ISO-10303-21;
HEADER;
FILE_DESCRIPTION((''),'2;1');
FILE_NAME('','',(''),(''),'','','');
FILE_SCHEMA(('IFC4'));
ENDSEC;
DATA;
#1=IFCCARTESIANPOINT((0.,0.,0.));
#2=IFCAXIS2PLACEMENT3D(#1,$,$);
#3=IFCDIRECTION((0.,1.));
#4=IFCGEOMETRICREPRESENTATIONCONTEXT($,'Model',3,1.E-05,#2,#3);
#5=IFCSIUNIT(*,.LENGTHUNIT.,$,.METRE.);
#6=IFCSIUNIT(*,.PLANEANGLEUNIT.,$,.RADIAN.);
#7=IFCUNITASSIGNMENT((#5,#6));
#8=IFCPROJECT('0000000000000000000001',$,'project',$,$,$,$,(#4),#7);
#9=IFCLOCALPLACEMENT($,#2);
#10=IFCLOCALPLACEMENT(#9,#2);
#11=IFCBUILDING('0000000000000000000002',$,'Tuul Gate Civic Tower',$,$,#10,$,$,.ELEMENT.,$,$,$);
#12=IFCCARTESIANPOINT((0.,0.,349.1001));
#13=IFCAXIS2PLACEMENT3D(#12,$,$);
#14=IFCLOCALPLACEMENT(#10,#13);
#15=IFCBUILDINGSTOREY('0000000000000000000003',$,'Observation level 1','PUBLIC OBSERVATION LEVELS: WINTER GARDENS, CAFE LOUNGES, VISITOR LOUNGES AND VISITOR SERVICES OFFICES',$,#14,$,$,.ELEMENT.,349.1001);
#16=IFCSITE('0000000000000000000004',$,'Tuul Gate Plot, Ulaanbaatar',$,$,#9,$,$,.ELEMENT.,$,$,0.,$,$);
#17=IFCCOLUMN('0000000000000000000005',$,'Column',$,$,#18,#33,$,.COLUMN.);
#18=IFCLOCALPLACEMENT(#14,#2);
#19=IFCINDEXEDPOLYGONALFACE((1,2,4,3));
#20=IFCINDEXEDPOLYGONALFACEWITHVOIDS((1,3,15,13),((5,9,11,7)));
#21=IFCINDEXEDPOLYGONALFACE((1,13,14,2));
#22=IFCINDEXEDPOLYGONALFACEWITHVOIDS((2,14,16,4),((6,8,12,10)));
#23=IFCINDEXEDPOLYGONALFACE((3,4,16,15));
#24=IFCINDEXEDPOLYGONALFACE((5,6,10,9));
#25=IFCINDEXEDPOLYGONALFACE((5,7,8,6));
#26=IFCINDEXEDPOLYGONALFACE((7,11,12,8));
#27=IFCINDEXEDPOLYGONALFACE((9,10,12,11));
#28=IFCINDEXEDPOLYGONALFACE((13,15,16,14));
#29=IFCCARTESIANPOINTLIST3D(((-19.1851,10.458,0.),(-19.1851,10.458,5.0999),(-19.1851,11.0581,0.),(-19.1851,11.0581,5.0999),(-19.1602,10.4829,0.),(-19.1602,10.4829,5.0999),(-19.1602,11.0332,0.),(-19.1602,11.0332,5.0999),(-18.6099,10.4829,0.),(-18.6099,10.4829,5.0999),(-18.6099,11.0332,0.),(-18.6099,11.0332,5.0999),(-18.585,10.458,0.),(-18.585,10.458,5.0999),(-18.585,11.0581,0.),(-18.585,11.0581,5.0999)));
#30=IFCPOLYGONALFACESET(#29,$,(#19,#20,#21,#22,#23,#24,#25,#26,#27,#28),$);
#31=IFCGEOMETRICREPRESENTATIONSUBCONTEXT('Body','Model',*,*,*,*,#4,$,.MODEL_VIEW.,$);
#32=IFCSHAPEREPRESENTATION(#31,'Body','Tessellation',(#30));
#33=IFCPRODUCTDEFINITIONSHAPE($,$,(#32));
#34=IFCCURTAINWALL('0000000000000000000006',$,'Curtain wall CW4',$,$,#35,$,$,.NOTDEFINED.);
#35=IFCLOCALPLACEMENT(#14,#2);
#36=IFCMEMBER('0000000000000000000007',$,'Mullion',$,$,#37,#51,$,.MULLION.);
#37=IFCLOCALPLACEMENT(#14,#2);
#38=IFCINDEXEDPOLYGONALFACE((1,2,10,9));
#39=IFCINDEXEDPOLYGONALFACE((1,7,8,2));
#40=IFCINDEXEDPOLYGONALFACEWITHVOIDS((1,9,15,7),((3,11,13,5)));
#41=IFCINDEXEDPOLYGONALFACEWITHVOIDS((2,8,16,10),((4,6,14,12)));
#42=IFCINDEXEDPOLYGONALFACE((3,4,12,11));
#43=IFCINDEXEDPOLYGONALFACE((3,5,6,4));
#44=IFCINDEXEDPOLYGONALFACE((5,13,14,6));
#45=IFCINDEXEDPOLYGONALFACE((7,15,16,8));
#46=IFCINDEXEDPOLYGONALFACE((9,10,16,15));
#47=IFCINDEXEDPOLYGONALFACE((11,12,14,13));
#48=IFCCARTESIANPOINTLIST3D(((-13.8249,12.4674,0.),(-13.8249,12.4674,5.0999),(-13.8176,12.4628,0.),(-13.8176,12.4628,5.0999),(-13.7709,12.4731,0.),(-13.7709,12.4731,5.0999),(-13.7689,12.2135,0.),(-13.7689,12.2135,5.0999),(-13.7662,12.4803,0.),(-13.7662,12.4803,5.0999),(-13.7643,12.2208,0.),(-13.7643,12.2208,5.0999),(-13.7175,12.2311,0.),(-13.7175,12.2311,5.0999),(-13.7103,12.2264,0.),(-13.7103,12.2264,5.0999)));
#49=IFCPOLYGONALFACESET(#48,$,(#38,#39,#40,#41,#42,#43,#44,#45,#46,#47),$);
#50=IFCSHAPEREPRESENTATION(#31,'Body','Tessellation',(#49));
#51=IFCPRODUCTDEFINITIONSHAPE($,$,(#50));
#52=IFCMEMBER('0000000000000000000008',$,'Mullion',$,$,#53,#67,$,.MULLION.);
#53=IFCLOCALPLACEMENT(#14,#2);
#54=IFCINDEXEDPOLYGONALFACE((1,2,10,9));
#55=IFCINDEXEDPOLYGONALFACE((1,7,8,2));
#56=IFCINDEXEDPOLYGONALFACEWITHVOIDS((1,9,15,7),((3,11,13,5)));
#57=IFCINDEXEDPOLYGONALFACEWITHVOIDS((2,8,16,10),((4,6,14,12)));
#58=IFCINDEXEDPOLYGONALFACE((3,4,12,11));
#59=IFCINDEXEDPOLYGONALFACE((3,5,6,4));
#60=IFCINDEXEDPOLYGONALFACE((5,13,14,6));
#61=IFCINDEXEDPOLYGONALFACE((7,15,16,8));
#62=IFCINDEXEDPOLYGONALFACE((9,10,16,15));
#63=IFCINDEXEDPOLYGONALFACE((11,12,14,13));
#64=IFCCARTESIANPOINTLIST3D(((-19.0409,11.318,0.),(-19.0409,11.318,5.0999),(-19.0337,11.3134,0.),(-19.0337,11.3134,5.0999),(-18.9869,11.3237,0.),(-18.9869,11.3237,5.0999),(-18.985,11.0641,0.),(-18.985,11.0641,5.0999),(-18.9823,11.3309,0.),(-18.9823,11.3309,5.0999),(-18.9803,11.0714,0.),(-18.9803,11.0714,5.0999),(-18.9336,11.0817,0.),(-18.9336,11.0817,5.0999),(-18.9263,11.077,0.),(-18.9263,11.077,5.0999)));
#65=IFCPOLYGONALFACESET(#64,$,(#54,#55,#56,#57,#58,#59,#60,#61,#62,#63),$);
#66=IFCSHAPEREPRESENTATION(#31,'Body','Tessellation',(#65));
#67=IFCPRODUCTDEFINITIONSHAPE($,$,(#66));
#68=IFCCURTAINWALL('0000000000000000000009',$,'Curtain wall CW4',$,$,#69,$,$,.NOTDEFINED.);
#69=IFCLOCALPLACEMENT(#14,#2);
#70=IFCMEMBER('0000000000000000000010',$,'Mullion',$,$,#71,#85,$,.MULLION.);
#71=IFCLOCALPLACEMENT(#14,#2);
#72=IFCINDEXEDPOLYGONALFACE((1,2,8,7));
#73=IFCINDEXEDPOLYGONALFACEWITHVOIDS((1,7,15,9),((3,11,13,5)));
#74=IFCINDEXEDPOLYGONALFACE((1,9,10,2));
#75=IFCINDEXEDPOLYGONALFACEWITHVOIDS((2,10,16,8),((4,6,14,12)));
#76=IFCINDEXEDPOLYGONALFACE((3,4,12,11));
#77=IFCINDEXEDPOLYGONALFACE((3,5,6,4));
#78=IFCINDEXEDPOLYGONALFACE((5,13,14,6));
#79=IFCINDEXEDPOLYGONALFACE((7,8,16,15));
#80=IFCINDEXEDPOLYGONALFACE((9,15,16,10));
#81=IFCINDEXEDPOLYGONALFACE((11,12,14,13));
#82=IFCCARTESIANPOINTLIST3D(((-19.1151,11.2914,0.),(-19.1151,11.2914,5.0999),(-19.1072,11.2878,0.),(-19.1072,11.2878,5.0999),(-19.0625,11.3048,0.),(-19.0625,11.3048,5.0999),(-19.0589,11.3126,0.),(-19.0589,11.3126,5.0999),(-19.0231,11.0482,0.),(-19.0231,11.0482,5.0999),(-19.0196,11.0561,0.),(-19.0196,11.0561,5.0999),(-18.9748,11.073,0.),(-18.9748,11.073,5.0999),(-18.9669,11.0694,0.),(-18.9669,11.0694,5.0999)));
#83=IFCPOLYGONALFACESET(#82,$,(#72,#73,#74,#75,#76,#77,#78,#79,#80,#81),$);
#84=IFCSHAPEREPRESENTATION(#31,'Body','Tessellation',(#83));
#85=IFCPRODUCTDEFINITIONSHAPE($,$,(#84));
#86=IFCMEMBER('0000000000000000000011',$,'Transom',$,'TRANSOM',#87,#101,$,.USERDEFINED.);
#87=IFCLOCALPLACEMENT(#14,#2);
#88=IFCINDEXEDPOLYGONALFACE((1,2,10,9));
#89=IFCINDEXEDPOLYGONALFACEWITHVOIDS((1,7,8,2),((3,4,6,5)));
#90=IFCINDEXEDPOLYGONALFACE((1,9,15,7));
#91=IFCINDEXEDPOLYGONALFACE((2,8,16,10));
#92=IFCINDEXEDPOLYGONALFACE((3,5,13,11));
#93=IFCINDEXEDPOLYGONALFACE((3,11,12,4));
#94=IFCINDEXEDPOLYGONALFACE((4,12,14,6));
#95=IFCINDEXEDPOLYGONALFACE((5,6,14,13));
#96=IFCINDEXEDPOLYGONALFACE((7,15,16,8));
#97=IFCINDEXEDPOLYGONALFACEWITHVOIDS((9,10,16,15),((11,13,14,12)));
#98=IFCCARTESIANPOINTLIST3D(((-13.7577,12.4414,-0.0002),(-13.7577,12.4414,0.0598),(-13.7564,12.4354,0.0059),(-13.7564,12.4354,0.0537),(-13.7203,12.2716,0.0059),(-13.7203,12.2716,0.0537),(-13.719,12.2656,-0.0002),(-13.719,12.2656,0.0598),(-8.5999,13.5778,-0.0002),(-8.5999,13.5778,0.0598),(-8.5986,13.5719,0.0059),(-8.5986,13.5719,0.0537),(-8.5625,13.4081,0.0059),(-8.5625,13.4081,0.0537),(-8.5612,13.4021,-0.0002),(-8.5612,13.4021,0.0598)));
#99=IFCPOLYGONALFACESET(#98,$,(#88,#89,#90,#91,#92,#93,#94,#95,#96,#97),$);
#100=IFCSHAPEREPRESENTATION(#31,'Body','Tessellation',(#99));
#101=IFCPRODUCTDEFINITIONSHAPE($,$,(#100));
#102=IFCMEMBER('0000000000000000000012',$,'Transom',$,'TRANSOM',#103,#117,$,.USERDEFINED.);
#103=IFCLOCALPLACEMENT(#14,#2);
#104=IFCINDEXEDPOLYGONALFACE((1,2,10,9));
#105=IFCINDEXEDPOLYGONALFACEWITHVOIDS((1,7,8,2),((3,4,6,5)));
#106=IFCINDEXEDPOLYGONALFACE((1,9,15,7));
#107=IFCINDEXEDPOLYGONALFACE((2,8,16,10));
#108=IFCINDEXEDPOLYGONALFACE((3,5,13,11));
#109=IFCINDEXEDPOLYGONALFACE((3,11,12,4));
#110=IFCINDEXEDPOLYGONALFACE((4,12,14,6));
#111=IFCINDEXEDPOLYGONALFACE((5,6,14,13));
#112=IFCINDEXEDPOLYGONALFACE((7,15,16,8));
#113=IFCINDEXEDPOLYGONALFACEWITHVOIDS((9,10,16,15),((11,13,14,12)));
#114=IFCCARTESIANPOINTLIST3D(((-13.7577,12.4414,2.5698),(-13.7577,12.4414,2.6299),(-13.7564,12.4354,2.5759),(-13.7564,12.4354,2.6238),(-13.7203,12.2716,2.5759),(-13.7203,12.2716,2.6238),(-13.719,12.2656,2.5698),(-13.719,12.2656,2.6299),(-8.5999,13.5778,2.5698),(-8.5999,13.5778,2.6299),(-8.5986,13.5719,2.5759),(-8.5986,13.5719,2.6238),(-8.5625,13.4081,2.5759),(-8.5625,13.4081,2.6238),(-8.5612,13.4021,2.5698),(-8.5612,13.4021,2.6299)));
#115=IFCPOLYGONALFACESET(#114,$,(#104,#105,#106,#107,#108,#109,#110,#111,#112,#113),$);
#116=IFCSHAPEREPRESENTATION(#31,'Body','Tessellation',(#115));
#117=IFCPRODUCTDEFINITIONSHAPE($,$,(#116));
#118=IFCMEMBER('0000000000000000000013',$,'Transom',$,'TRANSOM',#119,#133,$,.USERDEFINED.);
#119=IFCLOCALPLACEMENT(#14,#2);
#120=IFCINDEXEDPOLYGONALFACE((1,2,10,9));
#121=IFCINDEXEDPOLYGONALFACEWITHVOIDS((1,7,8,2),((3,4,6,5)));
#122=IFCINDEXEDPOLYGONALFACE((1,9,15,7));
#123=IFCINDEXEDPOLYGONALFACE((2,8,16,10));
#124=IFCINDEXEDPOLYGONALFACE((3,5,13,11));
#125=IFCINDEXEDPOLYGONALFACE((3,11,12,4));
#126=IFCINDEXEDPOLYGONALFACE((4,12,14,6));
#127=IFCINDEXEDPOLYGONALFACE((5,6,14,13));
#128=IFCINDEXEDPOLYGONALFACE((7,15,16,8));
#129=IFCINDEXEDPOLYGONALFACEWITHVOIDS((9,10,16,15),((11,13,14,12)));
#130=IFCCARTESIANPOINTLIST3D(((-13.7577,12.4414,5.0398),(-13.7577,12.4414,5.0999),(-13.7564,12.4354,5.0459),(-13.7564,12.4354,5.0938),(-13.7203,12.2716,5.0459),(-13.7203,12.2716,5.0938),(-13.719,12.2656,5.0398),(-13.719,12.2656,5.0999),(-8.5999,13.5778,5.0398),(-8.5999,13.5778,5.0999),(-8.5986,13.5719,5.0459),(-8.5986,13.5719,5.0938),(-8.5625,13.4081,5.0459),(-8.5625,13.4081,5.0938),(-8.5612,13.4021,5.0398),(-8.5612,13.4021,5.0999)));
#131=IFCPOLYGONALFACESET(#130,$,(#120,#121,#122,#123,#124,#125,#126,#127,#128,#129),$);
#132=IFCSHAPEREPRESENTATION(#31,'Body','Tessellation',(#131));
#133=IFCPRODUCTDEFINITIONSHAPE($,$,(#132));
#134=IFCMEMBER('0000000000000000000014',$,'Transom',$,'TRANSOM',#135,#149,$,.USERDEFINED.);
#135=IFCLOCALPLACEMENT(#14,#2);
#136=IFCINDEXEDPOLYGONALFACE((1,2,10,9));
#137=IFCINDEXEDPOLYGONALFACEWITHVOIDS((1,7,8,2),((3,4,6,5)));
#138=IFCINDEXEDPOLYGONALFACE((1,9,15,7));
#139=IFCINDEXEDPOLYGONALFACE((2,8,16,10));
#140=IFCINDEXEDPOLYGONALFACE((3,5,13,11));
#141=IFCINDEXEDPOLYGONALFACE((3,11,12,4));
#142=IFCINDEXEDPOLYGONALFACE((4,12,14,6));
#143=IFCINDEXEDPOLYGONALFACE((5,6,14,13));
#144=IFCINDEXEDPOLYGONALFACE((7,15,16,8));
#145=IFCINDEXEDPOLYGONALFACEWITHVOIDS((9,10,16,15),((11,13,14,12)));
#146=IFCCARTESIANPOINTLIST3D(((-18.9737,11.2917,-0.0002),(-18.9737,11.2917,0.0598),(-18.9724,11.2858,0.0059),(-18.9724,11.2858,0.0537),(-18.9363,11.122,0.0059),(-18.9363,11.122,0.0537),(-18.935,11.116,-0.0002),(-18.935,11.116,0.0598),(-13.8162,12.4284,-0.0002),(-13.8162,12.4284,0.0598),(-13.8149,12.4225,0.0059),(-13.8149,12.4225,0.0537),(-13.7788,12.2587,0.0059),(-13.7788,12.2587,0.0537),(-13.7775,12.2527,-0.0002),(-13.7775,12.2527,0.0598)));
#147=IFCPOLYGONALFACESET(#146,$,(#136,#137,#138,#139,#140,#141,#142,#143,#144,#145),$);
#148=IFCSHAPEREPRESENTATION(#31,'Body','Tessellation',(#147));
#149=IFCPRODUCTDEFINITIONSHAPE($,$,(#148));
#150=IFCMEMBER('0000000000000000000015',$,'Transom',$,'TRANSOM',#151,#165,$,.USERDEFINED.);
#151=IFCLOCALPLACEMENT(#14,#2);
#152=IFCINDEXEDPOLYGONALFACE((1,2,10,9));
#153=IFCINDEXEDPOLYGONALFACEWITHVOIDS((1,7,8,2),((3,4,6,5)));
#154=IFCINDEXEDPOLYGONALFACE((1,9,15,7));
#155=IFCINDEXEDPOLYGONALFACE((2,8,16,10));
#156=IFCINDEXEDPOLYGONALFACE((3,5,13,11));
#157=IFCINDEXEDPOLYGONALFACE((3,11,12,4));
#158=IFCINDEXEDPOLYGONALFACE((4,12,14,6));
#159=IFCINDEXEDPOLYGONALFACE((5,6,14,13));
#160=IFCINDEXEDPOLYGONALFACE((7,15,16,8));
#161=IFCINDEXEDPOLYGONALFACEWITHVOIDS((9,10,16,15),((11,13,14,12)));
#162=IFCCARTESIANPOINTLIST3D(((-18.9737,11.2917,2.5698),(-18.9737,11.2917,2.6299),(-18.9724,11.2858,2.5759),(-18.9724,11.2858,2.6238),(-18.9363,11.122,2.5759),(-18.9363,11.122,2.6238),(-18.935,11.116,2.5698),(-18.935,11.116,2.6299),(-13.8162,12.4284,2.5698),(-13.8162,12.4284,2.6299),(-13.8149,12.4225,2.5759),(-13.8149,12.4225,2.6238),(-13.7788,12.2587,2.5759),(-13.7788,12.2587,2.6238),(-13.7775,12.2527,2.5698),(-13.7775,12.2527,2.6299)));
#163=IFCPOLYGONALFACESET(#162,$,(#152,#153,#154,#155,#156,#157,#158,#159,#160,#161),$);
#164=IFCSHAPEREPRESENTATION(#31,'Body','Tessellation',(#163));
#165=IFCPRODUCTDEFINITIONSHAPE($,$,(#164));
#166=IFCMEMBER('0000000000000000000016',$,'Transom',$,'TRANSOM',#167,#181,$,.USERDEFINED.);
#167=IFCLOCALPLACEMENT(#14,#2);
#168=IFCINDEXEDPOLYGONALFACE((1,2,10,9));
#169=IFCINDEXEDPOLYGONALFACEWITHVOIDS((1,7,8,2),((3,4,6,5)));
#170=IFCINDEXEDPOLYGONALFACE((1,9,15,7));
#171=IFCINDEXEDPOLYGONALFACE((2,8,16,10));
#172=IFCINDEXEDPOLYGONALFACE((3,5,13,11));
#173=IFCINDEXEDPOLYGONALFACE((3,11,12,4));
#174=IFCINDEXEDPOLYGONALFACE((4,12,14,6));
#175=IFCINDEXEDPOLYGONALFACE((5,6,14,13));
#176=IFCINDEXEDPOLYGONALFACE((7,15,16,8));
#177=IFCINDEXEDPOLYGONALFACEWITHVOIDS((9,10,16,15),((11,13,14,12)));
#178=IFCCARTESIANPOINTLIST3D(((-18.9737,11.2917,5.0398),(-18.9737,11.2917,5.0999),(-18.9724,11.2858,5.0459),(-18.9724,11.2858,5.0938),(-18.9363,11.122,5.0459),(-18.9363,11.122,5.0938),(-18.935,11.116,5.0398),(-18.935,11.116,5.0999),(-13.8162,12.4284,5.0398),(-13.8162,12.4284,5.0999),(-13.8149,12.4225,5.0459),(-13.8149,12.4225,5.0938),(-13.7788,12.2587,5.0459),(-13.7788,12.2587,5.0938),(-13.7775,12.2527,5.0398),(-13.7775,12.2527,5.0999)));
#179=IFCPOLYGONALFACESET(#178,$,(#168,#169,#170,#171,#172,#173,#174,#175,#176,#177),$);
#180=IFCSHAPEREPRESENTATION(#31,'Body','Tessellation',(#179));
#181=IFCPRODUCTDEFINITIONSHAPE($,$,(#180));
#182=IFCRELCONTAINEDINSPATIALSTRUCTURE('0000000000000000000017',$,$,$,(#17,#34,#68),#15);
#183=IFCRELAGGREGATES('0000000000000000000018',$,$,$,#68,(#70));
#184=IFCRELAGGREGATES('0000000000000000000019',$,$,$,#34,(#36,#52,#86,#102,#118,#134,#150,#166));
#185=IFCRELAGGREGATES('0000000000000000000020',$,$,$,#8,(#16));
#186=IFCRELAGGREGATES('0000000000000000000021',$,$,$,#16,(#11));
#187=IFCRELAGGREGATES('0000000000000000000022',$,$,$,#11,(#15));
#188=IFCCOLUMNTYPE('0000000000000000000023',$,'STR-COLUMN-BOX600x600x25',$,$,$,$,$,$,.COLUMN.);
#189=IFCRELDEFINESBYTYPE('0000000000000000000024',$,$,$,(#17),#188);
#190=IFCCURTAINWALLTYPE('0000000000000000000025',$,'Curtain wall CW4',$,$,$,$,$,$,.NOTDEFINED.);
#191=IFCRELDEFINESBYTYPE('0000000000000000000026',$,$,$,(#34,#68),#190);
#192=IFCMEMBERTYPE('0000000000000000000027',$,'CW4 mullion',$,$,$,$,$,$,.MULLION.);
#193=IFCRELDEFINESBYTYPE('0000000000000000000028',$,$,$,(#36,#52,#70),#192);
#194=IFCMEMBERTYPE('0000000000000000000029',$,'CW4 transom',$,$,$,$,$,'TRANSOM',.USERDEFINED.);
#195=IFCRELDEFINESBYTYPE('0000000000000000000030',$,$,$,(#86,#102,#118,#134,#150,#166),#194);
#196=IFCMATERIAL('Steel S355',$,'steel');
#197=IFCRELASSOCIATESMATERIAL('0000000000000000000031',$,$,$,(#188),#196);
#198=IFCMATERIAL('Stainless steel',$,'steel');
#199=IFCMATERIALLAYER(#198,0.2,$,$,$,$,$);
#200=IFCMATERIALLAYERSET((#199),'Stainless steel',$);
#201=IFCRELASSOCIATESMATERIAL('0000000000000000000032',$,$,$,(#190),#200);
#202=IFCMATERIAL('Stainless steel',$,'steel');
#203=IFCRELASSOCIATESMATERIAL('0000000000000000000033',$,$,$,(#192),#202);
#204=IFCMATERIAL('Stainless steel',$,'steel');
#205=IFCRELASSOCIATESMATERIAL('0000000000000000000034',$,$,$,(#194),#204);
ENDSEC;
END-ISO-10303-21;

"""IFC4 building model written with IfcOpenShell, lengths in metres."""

from ifc_helpers import new_model, si_unit, direction, frame, origin, origin_2d, place, context, subcontext, project, spatial, hollow_rectangle, extrude, material, layer, layer_set, material_profile, profile_set, type_object, element, aggregate, save


model = new_model("IFC4")

# Units and contexts
model_context = context("Model", 3, precision=1e-05, world=origin(), true_north=direction((0.0, 1.0)))
body_context = subcontext(model_context, "Body", "Model", "MODEL_VIEW")
ifc_project = project(units=[si_unit("LENGTHUNIT", "METRE"), si_unit("PLANEANGLEUNIT", "RADIAN")], contexts=[model_context])

# Site, building, storey
site_placement = place(None, origin())
site = spatial("IfcSite", under=ifc_project, at=site_placement, Name="Tuul Gate Plot, Ulaanbaatar", CompositionType="ELEMENT", RefElevation=0.0)
building_placement = place(site_placement, origin())
building = spatial("IfcBuilding", under=site, at=building_placement, Name="Tuul Gate Civic Tower", CompositionType="ELEMENT")
storey_placement = place(building_placement, frame((0.0, 0.0, 349.1001)))
storey = spatial("IfcBuildingStorey", under=building, at=storey_placement, Name="Observation level 1", Description="PUBLIC OBSERVATION LEVELS: WINTER GARDENS, CAFE LOUNGES, VISITOR LOUNGES AND VISITOR SERVICES OFFICES", CompositionType="ELEMENT", Elevation=349.1001)

# Column
ifc_material_1 = material(Name="Steel S355", Category="steel")
ifc_material_profile_1 = material_profile(ifc_material_1, hollow_rectangle(XDim=0.6001, YDim=0.6001, WallThickness=0.0249, at=origin_2d()), Name="BOX600x600x25")
ifc_profile_set_1 = profile_set([ifc_material_profile_1], Name="Steel S355")
column_type = type_object("IfcColumnType", Name="STR-COLUMN-BOX600x600x25", PredefinedType="COLUMN", material=ifc_profile_set_1)
column_placement = place(storey_placement, frame((-18.885, 10.7581, 0.0), z_axis=(0.0, 0.0, 1.0), x_axis=(1.0, 0.0, 0.0)))
element("IfcColumn", 1, at=column_placement, inside=storey, type_object=column_type, Name="Column", PredefinedType="COLUMN", context=body_context, shape_type="SweptSolid", body=[
    extrude(hollow_rectangle(XDim=0.6001, YDim=0.6001, WallThickness=0.0249, at=origin_2d()), origin(), (0.0, 0.0, 1.0), 5.0999),
])

# Curtain wall, members
ifc_material_2 = material(Name="Stainless steel", Category="steel")
ifc_layer_1 = layer(ifc_material_2, 0.2)
ifc_layer_set_1 = layer_set([ifc_layer_1], Name="Stainless steel")
curtain_wall_type = type_object("IfcCurtainWallType", Name="Curtain wall CW4", PredefinedType="NOTDEFINED", material=ifc_layer_set_1)
curtain_wall_1_placement = place(storey_placement, origin())
curtain_wall_1 = element("IfcCurtainWall", 2, at=curtain_wall_1_placement, inside=storey, type_object=curtain_wall_type, Name="Curtain wall CW4", PredefinedType="NOTDEFINED")
ifc_material_3 = material(Name="Stainless steel", Category="steel")
ifc_material_profile_2 = material_profile(ifc_material_3, hollow_rectangle(XDim=0.26, YDim=0.0601, WallThickness=0.0061, at=origin_2d()), Name="CW4 mullion")
ifc_profile_set_2 = profile_set([ifc_material_profile_2], Name="Stainless steel")
member_type_1 = type_object("IfcMemberType", Name="CW4 mullion", PredefinedType="MULLION", material=ifc_profile_set_2)
member_1_placement = place(storey_placement, frame((-13.7676, 12.3469, 0.0), z_axis=(0.0, 0.0, 1.0), x_axis=(0.215215, -0.976567, 0.0)))
member_1 = element("IfcMember", 3, at=member_1_placement, type_object=member_type_1, Name="Mullion", PredefinedType="MULLION", context=body_context, shape_type="SweptSolid", body=[
    extrude(hollow_rectangle(XDim=0.26, YDim=0.0601, WallThickness=0.0061, at=origin_2d()), origin(), (0.0, 0.0, 1.0), 5.0999),
])
member_2_placement = place(storey_placement, frame((-18.9836, 11.1975, 0.0), z_axis=(0.0, 0.0, 1.0), x_axis=(0.215215, -0.976567, 0.0)))
member_2 = element("IfcMember", 4, at=member_2_placement, type_object=member_type_1, Name="Mullion", PredefinedType="MULLION", context=body_context, shape_type="SweptSolid", body=[
    extrude(hollow_rectangle(XDim=0.26, YDim=0.0601, WallThickness=0.0061, at=origin_2d()), origin(), (0.0, 0.0, 1.0), 5.0999),
])

# Curtain wall, member
curtain_wall_2_placement = place(storey_placement, origin())
curtain_wall_2 = element("IfcCurtainWall", 5, at=curtain_wall_2_placement, inside=storey, type_object=curtain_wall_type, Name="Curtain wall CW4", PredefinedType="NOTDEFINED")
member_3_placement = place(storey_placement, frame((-19.041, 11.1804, 0.0), z_axis=(0.0, 0.0, 1.0), x_axis=(0.353734, -0.935346, 0.0)))
member_3 = element("IfcMember", 6, at=member_3_placement, type_object=member_type_1, Name="Mullion", PredefinedType="MULLION", context=body_context, shape_type="SweptSolid", body=[
    extrude(hollow_rectangle(XDim=0.26, YDim=0.0601, WallThickness=0.0061, at=origin_2d()), origin(), (0.0, 0.0, 1.0), 5.0999),
])

# Members
ifc_material_4 = material(Name="Stainless steel", Category="steel")
ifc_material_profile_3 = material_profile(ifc_material_4, hollow_rectangle(XDim=0.1799, YDim=0.0601, WallThickness=0.0061, at=origin_2d()), Name="CW4 transom")
ifc_profile_set_3 = profile_set([ifc_material_profile_3], Name="Stainless steel")
member_type_2 = type_object("IfcMemberType", Name="CW4 transom", ElementType="TRANSOM", PredefinedType="USERDEFINED", material=ifc_profile_set_3)
member_4_placement = place(storey_placement, frame((-8.5806, 13.49, 0.0298), z_axis=(-0.976574, -0.215183, 0.0), x_axis=(0.215183, -0.976574, 0.0)))
member_4 = element("IfcMember", 7, at=member_4_placement, type_object=member_type_2, Name="Transom", ObjectType="TRANSOM", PredefinedType="USERDEFINED", context=body_context, shape_type="SweptSolid", body=[
    extrude(hollow_rectangle(XDim=0.1799, YDim=0.0601, WallThickness=0.0061, at=origin_2d()), origin(), (0.0, 0.0, 1.0), 5.2815),
])
member_5_placement = place(storey_placement, frame((-8.5806, 13.49, 2.5999), z_axis=(-0.976574, -0.215183, 0.0), x_axis=(0.215183, -0.976574, 0.0)))
member_5 = element("IfcMember", 8, at=member_5_placement, type_object=member_type_2, Name="Transom", ObjectType="TRANSOM", PredefinedType="USERDEFINED", context=body_context, shape_type="SweptSolid", body=[
    extrude(hollow_rectangle(XDim=0.1799, YDim=0.0601, WallThickness=0.0061, at=origin_2d()), origin(), (0.0, 0.0, 1.0), 5.2815),
])
member_6_placement = place(storey_placement, frame((-8.5806, 13.49, 5.0698), z_axis=(-0.976574, -0.215183, 0.0), x_axis=(0.215183, -0.976574, 0.0)))
member_6 = element("IfcMember", 9, at=member_6_placement, type_object=member_type_2, Name="Transom", ObjectType="TRANSOM", PredefinedType="USERDEFINED", context=body_context, shape_type="SweptSolid", body=[
    extrude(hollow_rectangle(XDim=0.1799, YDim=0.0601, WallThickness=0.0061, at=origin_2d()), origin(), (0.0, 0.0, 1.0), 5.2815),
])
member_7_placement = place(storey_placement, frame((-13.7969, 12.3406, 0.0298), z_axis=(-0.976562, -0.215237, 0.0), x_axis=(0.215237, -0.976562, 0.0)))
member_7 = element("IfcMember", 10, at=member_7_placement, type_object=member_type_2, Name="Transom", ObjectType="TRANSOM", PredefinedType="USERDEFINED", context=body_context, shape_type="SweptSolid", body=[
    extrude(hollow_rectangle(XDim=0.1799, YDim=0.0601, WallThickness=0.0061, at=origin_2d()), origin(), (0.0, 0.0, 1.0), 5.2812),
])
member_8_placement = place(storey_placement, frame((-13.7969, 12.3406, 2.5999), z_axis=(-0.976562, -0.215237, 0.0), x_axis=(0.215237, -0.976562, 0.0)))
member_8 = element("IfcMember", 11, at=member_8_placement, type_object=member_type_2, Name="Transom", ObjectType="TRANSOM", PredefinedType="USERDEFINED", context=body_context, shape_type="SweptSolid", body=[
    extrude(hollow_rectangle(XDim=0.1799, YDim=0.0601, WallThickness=0.0061, at=origin_2d()), origin(), (0.0, 0.0, 1.0), 5.2812),
])
member_9_placement = place(storey_placement, frame((-13.7969, 12.3406, 5.0698), z_axis=(-0.976562, -0.215237, 0.0), x_axis=(0.215237, -0.976562, 0.0)))
member_9 = element("IfcMember", 12, at=member_9_placement, type_object=member_type_2, Name="Transom", ObjectType="TRANSOM", PredefinedType="USERDEFINED", context=body_context, shape_type="SweptSolid", body=[
    extrude(hollow_rectangle(XDim=0.1799, YDim=0.0601, WallThickness=0.0061, at=origin_2d()), origin(), (0.0, 0.0, 1.0), 5.2812),
])
aggregate(curtain_wall_2, [member_3])

aggregate(curtain_wall_1, [member_1, member_2, member_4, member_5, member_6, member_7, member_8, member_9])

save(model, "model.ifc")
